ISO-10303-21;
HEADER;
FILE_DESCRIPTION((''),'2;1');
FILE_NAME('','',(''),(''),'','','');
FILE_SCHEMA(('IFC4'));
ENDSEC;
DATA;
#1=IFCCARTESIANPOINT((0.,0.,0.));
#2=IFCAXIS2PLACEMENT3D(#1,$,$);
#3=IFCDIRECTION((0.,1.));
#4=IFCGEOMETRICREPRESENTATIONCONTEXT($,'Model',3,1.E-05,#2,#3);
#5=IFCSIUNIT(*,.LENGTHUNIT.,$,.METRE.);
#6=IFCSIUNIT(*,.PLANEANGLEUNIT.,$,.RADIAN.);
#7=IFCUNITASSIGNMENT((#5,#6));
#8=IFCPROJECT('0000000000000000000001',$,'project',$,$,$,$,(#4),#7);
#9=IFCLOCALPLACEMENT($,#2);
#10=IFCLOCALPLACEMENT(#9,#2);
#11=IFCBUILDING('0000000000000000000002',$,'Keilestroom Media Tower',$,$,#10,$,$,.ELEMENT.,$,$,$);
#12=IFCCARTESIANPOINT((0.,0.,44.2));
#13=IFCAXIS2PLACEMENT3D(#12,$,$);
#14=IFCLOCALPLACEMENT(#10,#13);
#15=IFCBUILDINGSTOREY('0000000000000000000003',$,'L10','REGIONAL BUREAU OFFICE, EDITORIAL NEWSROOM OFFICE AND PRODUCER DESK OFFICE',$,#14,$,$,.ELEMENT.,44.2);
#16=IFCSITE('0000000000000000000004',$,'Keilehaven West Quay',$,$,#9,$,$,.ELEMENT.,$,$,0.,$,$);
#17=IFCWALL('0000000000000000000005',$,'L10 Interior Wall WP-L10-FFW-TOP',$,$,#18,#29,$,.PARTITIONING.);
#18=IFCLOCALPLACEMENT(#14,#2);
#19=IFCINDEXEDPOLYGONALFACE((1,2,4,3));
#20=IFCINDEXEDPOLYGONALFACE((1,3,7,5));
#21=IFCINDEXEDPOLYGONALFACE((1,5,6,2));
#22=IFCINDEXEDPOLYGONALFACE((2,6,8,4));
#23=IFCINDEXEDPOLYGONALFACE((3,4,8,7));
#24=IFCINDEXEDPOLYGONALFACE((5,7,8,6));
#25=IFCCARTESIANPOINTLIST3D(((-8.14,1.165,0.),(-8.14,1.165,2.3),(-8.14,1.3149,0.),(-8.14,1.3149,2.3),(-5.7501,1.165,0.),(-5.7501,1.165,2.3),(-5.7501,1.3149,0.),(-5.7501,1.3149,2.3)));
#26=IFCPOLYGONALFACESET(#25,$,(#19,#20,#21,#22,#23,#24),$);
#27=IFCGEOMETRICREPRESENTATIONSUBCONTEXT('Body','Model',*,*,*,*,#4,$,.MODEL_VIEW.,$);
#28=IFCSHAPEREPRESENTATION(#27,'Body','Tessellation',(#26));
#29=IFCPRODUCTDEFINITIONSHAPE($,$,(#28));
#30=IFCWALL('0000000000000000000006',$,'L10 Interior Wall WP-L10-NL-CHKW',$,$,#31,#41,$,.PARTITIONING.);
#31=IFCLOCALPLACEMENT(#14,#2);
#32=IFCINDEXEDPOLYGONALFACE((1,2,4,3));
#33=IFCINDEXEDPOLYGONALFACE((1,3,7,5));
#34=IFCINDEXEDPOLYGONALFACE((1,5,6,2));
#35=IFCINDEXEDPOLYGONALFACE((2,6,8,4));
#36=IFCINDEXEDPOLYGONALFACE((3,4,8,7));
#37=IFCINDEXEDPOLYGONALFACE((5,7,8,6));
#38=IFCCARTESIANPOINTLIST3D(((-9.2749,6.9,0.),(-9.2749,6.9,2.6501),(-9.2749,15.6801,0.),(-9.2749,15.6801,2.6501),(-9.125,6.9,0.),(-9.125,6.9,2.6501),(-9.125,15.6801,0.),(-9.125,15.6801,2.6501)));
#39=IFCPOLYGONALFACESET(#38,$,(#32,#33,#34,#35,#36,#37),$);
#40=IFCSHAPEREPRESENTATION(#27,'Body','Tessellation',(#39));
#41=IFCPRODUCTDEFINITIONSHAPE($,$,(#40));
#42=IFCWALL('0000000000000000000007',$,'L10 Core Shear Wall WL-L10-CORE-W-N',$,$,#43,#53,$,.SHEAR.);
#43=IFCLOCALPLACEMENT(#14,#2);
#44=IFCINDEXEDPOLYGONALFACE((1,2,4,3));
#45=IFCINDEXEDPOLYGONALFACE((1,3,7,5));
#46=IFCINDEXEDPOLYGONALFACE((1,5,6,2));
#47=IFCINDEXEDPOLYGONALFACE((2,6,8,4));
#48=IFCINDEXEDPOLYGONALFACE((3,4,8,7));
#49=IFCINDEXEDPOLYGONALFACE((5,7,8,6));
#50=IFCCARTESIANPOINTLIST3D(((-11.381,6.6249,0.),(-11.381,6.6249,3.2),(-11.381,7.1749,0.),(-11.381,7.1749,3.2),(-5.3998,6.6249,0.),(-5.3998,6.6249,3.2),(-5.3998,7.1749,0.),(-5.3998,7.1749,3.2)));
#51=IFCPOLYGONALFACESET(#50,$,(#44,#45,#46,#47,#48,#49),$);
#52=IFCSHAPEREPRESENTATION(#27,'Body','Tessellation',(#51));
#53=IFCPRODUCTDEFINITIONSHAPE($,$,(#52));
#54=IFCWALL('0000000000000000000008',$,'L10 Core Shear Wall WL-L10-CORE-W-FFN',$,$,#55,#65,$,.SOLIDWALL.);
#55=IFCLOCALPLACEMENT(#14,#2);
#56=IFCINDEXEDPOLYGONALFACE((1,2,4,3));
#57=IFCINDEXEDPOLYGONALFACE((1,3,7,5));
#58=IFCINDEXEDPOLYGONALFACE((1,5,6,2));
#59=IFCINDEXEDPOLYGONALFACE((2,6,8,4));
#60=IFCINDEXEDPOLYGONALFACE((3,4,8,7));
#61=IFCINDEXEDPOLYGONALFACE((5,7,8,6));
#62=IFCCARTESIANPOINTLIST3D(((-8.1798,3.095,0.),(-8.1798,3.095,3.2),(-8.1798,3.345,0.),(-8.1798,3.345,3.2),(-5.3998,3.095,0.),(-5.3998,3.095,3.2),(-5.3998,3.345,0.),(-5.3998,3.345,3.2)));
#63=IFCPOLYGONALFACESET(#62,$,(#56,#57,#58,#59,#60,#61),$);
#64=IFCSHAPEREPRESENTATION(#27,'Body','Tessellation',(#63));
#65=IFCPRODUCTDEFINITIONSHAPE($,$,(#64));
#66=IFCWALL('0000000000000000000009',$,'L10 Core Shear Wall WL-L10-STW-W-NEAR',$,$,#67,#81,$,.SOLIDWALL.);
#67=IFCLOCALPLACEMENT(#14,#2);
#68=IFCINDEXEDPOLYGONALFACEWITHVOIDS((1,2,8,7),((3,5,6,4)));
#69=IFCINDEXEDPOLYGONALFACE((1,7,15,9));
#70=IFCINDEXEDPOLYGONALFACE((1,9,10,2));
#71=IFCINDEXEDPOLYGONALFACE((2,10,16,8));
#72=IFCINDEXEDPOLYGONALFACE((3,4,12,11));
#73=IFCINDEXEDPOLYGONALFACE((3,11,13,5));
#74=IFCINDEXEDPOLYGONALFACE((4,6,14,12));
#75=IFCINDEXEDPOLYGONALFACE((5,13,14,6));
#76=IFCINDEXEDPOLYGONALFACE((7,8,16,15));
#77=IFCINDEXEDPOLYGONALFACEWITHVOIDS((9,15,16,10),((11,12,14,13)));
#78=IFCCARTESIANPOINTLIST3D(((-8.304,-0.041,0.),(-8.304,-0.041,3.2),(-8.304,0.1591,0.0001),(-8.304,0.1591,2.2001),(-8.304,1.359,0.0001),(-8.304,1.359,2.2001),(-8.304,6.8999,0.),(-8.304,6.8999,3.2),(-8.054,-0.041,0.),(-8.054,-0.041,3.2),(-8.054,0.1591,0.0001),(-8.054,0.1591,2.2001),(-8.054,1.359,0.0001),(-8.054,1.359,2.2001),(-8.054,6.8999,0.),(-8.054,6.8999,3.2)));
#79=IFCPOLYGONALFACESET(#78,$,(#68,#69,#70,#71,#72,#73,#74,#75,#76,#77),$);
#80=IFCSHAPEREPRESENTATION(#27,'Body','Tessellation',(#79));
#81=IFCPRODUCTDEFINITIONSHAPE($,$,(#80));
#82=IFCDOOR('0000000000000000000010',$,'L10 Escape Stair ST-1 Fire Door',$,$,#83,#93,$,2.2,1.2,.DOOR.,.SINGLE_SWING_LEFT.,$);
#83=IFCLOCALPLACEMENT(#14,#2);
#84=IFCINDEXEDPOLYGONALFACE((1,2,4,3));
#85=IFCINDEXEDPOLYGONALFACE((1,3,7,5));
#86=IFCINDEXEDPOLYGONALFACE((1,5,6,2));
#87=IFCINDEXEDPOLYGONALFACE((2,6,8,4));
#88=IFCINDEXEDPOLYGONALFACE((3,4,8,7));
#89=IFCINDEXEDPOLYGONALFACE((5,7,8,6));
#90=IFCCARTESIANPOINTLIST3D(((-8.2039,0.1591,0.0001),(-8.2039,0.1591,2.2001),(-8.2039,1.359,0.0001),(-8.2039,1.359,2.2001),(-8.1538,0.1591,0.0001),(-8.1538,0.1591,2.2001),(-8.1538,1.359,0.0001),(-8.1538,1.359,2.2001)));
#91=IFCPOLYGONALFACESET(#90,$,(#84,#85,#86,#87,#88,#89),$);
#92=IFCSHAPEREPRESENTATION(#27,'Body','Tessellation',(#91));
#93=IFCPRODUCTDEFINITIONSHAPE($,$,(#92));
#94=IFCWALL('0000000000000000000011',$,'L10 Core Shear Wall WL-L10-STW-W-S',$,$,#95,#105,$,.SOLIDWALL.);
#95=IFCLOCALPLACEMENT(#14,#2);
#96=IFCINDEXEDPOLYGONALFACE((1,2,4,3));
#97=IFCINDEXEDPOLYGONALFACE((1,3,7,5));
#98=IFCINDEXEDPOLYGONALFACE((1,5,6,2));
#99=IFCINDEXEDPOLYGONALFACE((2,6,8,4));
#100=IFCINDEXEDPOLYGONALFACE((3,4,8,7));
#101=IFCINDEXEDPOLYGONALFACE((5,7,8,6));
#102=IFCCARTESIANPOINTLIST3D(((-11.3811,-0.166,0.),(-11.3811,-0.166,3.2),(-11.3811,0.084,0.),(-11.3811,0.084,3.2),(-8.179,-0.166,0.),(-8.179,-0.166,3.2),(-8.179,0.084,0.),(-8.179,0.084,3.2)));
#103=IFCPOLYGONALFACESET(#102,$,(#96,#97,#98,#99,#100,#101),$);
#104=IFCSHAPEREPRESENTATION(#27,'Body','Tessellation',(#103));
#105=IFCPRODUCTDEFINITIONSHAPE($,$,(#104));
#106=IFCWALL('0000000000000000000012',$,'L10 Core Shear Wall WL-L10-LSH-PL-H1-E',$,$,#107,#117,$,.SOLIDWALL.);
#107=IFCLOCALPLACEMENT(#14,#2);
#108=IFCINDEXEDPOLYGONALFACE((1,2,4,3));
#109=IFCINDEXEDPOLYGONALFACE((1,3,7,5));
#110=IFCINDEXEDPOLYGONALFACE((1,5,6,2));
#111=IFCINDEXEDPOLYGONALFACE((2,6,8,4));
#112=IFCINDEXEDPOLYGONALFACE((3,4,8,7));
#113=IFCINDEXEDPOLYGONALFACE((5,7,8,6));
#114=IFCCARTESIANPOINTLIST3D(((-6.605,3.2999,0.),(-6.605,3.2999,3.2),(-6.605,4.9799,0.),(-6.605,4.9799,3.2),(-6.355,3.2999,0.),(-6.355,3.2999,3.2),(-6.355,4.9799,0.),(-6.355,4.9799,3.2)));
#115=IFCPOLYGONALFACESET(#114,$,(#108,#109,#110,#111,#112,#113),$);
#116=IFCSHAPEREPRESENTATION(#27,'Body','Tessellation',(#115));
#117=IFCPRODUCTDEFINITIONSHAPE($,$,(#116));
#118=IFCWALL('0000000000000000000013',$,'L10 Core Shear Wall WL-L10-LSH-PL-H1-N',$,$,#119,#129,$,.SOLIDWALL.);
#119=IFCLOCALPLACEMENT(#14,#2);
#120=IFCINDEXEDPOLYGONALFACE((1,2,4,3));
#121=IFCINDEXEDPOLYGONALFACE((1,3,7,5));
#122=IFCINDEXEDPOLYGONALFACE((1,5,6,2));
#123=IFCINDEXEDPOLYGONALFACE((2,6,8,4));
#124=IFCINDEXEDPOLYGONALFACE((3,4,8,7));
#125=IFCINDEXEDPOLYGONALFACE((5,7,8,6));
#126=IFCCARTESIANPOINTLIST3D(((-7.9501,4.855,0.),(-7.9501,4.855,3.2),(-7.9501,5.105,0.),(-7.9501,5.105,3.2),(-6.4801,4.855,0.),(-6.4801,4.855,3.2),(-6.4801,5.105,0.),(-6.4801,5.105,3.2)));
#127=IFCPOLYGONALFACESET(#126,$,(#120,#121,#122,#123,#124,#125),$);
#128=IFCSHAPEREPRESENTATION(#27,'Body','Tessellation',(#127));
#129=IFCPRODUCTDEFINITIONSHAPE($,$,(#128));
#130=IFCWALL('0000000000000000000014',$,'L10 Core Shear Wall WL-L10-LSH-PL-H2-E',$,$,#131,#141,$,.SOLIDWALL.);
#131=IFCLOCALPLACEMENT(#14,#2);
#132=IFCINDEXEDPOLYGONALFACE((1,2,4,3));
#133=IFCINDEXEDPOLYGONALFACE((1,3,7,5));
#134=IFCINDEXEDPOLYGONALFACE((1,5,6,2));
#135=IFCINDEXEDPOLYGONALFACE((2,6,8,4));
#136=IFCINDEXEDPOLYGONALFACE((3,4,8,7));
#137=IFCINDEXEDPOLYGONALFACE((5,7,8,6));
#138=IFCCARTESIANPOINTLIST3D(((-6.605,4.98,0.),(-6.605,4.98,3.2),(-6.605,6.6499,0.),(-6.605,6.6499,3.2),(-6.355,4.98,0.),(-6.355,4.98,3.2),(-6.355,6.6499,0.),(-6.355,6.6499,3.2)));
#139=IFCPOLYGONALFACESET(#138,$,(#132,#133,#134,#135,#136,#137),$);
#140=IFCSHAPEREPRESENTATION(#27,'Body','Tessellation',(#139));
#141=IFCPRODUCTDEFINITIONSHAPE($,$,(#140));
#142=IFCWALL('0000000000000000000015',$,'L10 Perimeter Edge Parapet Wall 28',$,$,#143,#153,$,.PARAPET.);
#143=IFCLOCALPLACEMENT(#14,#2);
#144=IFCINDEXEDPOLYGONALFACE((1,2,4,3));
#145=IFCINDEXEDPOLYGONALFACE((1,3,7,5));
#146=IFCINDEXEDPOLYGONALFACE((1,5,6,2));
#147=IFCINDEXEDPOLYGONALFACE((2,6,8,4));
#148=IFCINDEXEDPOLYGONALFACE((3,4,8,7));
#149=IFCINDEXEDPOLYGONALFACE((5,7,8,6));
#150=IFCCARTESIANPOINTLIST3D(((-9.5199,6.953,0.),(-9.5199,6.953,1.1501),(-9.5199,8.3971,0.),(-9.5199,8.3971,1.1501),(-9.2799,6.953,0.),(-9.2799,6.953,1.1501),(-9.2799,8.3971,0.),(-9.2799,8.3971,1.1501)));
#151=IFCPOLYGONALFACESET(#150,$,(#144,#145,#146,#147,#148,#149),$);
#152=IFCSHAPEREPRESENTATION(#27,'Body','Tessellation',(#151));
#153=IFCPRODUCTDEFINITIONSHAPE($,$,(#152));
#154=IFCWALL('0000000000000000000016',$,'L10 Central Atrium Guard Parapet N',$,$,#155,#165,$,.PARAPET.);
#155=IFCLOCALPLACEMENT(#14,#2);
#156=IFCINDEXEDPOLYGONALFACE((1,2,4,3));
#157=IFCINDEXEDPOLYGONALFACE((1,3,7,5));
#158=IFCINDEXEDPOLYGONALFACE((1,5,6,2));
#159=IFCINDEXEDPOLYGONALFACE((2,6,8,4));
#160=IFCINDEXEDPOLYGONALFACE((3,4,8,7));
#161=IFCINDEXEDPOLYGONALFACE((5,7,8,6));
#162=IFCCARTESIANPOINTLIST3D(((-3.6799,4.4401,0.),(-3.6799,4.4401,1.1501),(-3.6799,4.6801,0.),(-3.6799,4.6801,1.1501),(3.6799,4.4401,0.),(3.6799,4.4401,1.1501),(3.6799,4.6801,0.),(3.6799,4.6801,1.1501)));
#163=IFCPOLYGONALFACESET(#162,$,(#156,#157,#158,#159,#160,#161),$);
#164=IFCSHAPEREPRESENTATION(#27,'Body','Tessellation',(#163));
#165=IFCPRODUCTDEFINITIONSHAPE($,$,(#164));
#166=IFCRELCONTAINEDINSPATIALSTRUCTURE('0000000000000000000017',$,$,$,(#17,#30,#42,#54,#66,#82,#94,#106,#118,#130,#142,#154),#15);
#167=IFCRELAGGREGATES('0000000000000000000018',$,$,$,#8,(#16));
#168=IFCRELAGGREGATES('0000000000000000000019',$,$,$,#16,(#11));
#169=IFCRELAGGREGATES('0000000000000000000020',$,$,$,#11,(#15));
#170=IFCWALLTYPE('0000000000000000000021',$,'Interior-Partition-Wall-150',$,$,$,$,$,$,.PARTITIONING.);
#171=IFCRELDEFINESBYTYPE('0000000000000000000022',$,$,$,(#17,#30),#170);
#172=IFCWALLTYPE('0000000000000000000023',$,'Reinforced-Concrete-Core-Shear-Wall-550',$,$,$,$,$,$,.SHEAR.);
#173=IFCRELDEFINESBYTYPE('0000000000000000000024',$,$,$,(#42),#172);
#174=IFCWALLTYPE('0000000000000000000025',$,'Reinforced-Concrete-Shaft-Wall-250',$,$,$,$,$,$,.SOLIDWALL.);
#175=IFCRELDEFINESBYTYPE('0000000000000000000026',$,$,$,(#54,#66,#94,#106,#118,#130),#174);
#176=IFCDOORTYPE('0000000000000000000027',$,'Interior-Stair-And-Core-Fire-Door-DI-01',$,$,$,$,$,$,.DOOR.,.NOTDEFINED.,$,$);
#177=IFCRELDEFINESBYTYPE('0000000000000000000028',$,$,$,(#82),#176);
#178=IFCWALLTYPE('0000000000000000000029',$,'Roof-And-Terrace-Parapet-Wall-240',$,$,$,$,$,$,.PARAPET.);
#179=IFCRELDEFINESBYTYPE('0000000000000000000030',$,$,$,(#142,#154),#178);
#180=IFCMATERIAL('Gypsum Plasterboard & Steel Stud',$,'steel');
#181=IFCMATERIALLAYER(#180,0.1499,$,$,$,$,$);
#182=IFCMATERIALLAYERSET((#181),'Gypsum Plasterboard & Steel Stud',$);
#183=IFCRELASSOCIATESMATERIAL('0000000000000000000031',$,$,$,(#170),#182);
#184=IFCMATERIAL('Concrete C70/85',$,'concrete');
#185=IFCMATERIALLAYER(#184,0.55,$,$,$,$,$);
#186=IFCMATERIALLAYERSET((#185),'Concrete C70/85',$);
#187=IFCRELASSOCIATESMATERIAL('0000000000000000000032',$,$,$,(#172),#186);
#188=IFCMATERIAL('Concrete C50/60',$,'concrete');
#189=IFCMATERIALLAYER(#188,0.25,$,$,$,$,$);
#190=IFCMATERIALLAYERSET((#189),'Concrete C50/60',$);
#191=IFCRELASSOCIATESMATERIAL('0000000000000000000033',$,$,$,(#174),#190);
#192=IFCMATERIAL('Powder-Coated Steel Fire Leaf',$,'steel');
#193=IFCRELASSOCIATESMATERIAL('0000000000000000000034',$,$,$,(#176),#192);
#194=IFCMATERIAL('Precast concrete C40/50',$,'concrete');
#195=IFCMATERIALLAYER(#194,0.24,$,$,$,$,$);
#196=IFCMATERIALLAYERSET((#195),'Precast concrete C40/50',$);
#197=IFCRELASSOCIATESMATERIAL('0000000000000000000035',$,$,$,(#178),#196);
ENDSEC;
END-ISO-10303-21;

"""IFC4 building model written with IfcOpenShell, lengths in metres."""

from ifc_helpers import new_model, si_unit, direction, frame, frame_2d, origin, place, context, subcontext, project, spatial, rectangle, extrude, source, transform, mapped, material, layer, layer_set, type_object, element, fill, save


model = new_model("IFC4")

# Units and contexts
model_context = context("Model", 3, precision=1e-05, world=origin(), true_north=direction((0.0, 1.0)))
body_context = subcontext(model_context, "Body", "Model", "MODEL_VIEW")
ifc_project = project(units=[si_unit("LENGTHUNIT", "METRE"), si_unit("PLANEANGLEUNIT", "RADIAN")], contexts=[model_context])

# Site, building, storey
site_placement = place(None, origin())
site = spatial("IfcSite", under=ifc_project, at=site_placement, Name="Keilehaven West Quay", CompositionType="ELEMENT", RefElevation=0.0)
building_placement = place(site_placement, origin())
building = spatial("IfcBuilding", under=site, at=building_placement, Name="Keilestroom Media Tower", CompositionType="ELEMENT")
storey_placement = place(building_placement, frame((0.0, 0.0, 44.2)))
storey = spatial("IfcBuildingStorey", under=building, at=storey_placement, Name="L10", Description="REGIONAL BUREAU OFFICE, EDITORIAL NEWSROOM OFFICE AND PRODUCER DESK OFFICE", CompositionType="ELEMENT", Elevation=44.2)

# Shared definitions
ifc_material_1 = material(Name="Concrete C70/85", Category="concrete")

# Shared definitions
ifc_material_2 = material(Name="Concrete C50/60", Category="concrete")

# Walls
ifc_material_3 = material(Name="Gypsum Plasterboard & Steel Stud", Category="steel")
ifc_layer_1 = layer(ifc_material_3, 0.1499)
ifc_layer_set_1 = layer_set([ifc_layer_1], Name="Gypsum Plasterboard & Steel Stud")
wall_type_1 = type_object("IfcWallType", Name="Interior-Partition-Wall-150", PredefinedType="PARTITIONING", material=ifc_layer_set_1)
wall_1_placement = place(storey_placement, frame((-8.1399, 1.24, 0.0), z_axis=(0.0, 0.0, 1.0), x_axis=(1.0, 0.0, 0.0)))
element("IfcWall", 1, at=wall_1_placement, inside=storey, type_object=wall_type_1, Name="L10 Interior Wall WP-L10-FFW-TOP", PredefinedType="PARTITIONING", context=body_context, shape_type="SweptSolid", body=[
    extrude(rectangle(XDim=2.3899, YDim=0.1499, at=frame_2d((1.1948, 0.0))), origin(), (0.0, 0.0, 1.0), 2.3),
])
wall_2_placement = place(storey_placement, frame((-9.2, 6.8999, 0.0), z_axis=(0.0, 0.0, 1.0), x_axis=(0.0, 1.0, 0.0)))
element("IfcWall", 2, at=wall_2_placement, inside=storey, type_object=wall_type_1, Name="L10 Interior Wall WP-L10-NL-CHKW", PredefinedType="PARTITIONING", context=body_context, shape_type="SweptSolid", body=[
    extrude(rectangle(XDim=8.78, YDim=0.1499, at=frame_2d((4.3901, 0.0))), origin(), (0.0, 0.0, 1.0), 2.6501),
])
ifc_layer_2 = layer(ifc_material_1, 0.55)
ifc_layer_set_2 = layer_set([ifc_layer_2], Name="Concrete C70/85")
wall_type_2 = type_object("IfcWallType", Name="Reinforced-Concrete-Core-Shear-Wall-550", PredefinedType="SHEAR", material=ifc_layer_set_2)
wall_3_placement = place(storey_placement, frame((-11.3811, 6.8999, 0.0), z_axis=(0.0, 0.0, 1.0), x_axis=(1.0, 0.0, 0.0)))
element("IfcWall", 3, at=wall_3_placement, inside=storey, type_object=wall_type_2, Name="L10 Core Shear Wall WL-L10-CORE-W-N", PredefinedType="SHEAR", context=body_context, shape_type="SweptSolid", body=[
    extrude(rectangle(XDim=5.9812, YDim=0.55, at=frame_2d((2.9907, 0.0))), origin(), (0.0, 0.0, 1.0), 3.2),
])
ifc_layer_3 = layer(ifc_material_2, 0.25)
ifc_layer_set_3 = layer_set([ifc_layer_3], Name="Concrete C50/60")
wall_type_3 = type_object("IfcWallType", Name="Reinforced-Concrete-Shaft-Wall-250", PredefinedType="SOLIDWALL", material=ifc_layer_set_3)
wall_4_placement = place(storey_placement, frame((-8.1799, 3.22, 0.0), z_axis=(0.0, 0.0, 1.0), x_axis=(1.0, 0.0, 0.0)))
element("IfcWall", 4, at=wall_4_placement, inside=storey, type_object=wall_type_3, Name="L10 Core Shear Wall WL-L10-CORE-W-FFN", PredefinedType="SOLIDWALL", context=body_context, shape_type="SweptSolid", body=[
    extrude(rectangle(XDim=2.78, YDim=0.25, at=frame_2d((1.3901, 0.0))), origin(), (0.0, 0.0, 1.0), 3.2),
])

# Wall, opening, door
wall_5_placement = place(storey_placement, frame((-8.179, -0.041, 0.0), z_axis=(0.0, 0.0, 1.0), x_axis=(0.0, 1.0, 0.0)))
wall_5 = element("IfcWall", 5, at=wall_5_placement, inside=storey, type_object=wall_type_3, Name="L10 Core Shear Wall WL-L10-STW-W-NEAR", PredefinedType="SOLIDWALL", context=body_context, shape_type="SweptSolid", body=[
    extrude(rectangle(XDim=6.9409, YDim=0.25, at=frame_2d((3.4705, 0.0))), origin(), (0.0, 0.0, 1.0), 3.2),
])
opening_placement = place(wall_5_placement, frame((0.2, 0.0, 0.0)))
opening = element("IfcOpeningElement", 6, at=opening_placement, cuts=wall_5, PredefinedType="OPENING", context=body_context, shape_type="SweptSolid", body=[
    extrude(rectangle(XDim=1.2, YDim=2.2, at=frame_2d((0.6001, 1.1001))), frame((0.0, 0.135, 0.0), z_axis=(0.0, -1.0, 0.0), x_axis=(1.0, 0.0, 0.0)), (0.0, 0.0, 1.0), 0.27),
])
ifc_material_4 = material(Name="Powder-Coated Steel Fire Leaf", Category="steel")
door_type = type_object("IfcDoorType", Name="Interior-Stair-And-Core-Fire-Door-DI-01", OperationType="NOTDEFINED", PredefinedType="DOOR", material=ifc_material_4)
shared_shape_1 = source(origin(), body_context, "Body", "SweptSolid", [
    extrude(rectangle(XDim=1.2, YDim=2.2, at=frame_2d((0.6001, 1.1001))), frame((0.0, 0.0249, 0.0), z_axis=(0.0, -1.0, 0.0), x_axis=(1.0, 0.0, 0.0)), (0.0, 0.0, 1.0), 0.05),
])
door_placement = place(opening_placement, origin())
door = element("IfcDoor", 7, at=door_placement, inside=storey, type_object=door_type, Name="L10 Escape Stair ST-1 Fire Door", OperationType="SINGLE_SWING_LEFT", OverallHeight=2.2, OverallWidth=1.2, PredefinedType="DOOR", context=body_context, shape_type="MappedRepresentation", body=[
    mapped(shared_shape_1, transform((0.0, 0.0, 0.0), x_axis=(1.0, 0.0, 0.0), y_axis=(0.0, 1.0, 0.0), z_axis=(0.0, 0.0, 1.0), scale=1.0)),
])
fill(opening, door)

# Walls
wall_6_placement = place(storey_placement, frame((-11.3811, -0.041, 0.0), z_axis=(0.0, 0.0, 1.0), x_axis=(1.0, 0.0, 0.0)))
element("IfcWall", 8, at=wall_6_placement, inside=storey, type_object=wall_type_3, Name="L10 Core Shear Wall WL-L10-STW-W-S", PredefinedType="SOLIDWALL", context=body_context, shape_type="SweptSolid", body=[
    extrude(rectangle(XDim=3.2021, YDim=0.25, at=frame_2d((1.6011, 0.0))), origin(), (0.0, 0.0, 1.0), 3.2),
])
wall_7_placement = place(storey_placement, frame((-6.48, 3.3, 0.0), z_axis=(0.0, 0.0, 1.0), x_axis=(0.0, 1.0, 0.0)))
element("IfcWall", 9, at=wall_7_placement, inside=storey, type_object=wall_type_3, Name="L10 Core Shear Wall WL-L10-LSH-PL-H1-E", PredefinedType="SOLIDWALL", context=body_context, shape_type="SweptSolid", body=[
    extrude(rectangle(XDim=1.6799, YDim=0.25, at=frame_2d((0.8398, 0.0))), origin(), (0.0, 0.0, 1.0), 3.2),
])
wall_8_placement = place(storey_placement, frame((-7.95, 4.98, 0.0), z_axis=(0.0, 0.0, 1.0), x_axis=(1.0, 0.0, 0.0)))
element("IfcWall", 10, at=wall_8_placement, inside=storey, type_object=wall_type_3, Name="L10 Core Shear Wall WL-L10-LSH-PL-H1-N", PredefinedType="SOLIDWALL", context=body_context, shape_type="SweptSolid", body=[
    extrude(rectangle(XDim=1.47, YDim=0.25, at=frame_2d((0.7349, 0.0))), origin(), (0.0, 0.0, 1.0), 3.2),
])
wall_9_placement = place(storey_placement, frame((-6.48, 4.98, 0.0), z_axis=(0.0, 0.0, 1.0), x_axis=(0.0, 1.0, 0.0)))
element("IfcWall", 11, at=wall_9_placement, inside=storey, type_object=wall_type_3, Name="L10 Core Shear Wall WL-L10-LSH-PL-H2-E", PredefinedType="SOLIDWALL", context=body_context, shape_type="SweptSolid", body=[
    extrude(rectangle(XDim=1.6699, YDim=0.25, at=frame_2d((0.835, 0.0))), origin(), (0.0, 0.0, 1.0), 3.2),
])
ifc_material_5 = material(Name="Precast concrete C40/50", Category="concrete")
ifc_layer_4 = layer(ifc_material_5, 0.24)
ifc_layer_set_4 = layer_set([ifc_layer_4], Name="Precast concrete C40/50")
wall_type_4 = type_object("IfcWallType", Name="Roof-And-Terrace-Parapet-Wall-240", PredefinedType="PARAPET", material=ifc_layer_set_4)
wall_10_placement = place(storey_placement, frame((-9.3999, 6.9529, 0.0), z_axis=(0.0, 0.0, 1.0), x_axis=(0.0, 1.0, 0.0)))
element("IfcWall", 12, at=wall_10_placement, inside=storey, type_object=wall_type_4, Name="L10 Perimeter Edge Parapet Wall 28", PredefinedType="PARAPET", context=body_context, shape_type="SweptSolid", body=[
    extrude(rectangle(XDim=1.4441, YDim=0.24, at=frame_2d((0.7222, 0.0))), origin(), (0.0, 0.0, 1.0), 1.1501),
])
wall_11_placement = place(storey_placement, frame((-3.6799, 4.5601, 0.0), z_axis=(0.0, 0.0, 1.0), x_axis=(1.0, 0.0, 0.0)))
element("IfcWall", 13, at=wall_11_placement, inside=storey, type_object=wall_type_4, Name="L10 Central Atrium Guard Parapet N", PredefinedType="PARAPET", context=body_context, shape_type="SweptSolid", body=[
    extrude(rectangle(XDim=7.3599, YDim=0.24, at=frame_2d((3.6799, 0.0))), origin(), (0.0, 0.0, 1.0), 1.1501),
])

save(model, "model.ifc")
